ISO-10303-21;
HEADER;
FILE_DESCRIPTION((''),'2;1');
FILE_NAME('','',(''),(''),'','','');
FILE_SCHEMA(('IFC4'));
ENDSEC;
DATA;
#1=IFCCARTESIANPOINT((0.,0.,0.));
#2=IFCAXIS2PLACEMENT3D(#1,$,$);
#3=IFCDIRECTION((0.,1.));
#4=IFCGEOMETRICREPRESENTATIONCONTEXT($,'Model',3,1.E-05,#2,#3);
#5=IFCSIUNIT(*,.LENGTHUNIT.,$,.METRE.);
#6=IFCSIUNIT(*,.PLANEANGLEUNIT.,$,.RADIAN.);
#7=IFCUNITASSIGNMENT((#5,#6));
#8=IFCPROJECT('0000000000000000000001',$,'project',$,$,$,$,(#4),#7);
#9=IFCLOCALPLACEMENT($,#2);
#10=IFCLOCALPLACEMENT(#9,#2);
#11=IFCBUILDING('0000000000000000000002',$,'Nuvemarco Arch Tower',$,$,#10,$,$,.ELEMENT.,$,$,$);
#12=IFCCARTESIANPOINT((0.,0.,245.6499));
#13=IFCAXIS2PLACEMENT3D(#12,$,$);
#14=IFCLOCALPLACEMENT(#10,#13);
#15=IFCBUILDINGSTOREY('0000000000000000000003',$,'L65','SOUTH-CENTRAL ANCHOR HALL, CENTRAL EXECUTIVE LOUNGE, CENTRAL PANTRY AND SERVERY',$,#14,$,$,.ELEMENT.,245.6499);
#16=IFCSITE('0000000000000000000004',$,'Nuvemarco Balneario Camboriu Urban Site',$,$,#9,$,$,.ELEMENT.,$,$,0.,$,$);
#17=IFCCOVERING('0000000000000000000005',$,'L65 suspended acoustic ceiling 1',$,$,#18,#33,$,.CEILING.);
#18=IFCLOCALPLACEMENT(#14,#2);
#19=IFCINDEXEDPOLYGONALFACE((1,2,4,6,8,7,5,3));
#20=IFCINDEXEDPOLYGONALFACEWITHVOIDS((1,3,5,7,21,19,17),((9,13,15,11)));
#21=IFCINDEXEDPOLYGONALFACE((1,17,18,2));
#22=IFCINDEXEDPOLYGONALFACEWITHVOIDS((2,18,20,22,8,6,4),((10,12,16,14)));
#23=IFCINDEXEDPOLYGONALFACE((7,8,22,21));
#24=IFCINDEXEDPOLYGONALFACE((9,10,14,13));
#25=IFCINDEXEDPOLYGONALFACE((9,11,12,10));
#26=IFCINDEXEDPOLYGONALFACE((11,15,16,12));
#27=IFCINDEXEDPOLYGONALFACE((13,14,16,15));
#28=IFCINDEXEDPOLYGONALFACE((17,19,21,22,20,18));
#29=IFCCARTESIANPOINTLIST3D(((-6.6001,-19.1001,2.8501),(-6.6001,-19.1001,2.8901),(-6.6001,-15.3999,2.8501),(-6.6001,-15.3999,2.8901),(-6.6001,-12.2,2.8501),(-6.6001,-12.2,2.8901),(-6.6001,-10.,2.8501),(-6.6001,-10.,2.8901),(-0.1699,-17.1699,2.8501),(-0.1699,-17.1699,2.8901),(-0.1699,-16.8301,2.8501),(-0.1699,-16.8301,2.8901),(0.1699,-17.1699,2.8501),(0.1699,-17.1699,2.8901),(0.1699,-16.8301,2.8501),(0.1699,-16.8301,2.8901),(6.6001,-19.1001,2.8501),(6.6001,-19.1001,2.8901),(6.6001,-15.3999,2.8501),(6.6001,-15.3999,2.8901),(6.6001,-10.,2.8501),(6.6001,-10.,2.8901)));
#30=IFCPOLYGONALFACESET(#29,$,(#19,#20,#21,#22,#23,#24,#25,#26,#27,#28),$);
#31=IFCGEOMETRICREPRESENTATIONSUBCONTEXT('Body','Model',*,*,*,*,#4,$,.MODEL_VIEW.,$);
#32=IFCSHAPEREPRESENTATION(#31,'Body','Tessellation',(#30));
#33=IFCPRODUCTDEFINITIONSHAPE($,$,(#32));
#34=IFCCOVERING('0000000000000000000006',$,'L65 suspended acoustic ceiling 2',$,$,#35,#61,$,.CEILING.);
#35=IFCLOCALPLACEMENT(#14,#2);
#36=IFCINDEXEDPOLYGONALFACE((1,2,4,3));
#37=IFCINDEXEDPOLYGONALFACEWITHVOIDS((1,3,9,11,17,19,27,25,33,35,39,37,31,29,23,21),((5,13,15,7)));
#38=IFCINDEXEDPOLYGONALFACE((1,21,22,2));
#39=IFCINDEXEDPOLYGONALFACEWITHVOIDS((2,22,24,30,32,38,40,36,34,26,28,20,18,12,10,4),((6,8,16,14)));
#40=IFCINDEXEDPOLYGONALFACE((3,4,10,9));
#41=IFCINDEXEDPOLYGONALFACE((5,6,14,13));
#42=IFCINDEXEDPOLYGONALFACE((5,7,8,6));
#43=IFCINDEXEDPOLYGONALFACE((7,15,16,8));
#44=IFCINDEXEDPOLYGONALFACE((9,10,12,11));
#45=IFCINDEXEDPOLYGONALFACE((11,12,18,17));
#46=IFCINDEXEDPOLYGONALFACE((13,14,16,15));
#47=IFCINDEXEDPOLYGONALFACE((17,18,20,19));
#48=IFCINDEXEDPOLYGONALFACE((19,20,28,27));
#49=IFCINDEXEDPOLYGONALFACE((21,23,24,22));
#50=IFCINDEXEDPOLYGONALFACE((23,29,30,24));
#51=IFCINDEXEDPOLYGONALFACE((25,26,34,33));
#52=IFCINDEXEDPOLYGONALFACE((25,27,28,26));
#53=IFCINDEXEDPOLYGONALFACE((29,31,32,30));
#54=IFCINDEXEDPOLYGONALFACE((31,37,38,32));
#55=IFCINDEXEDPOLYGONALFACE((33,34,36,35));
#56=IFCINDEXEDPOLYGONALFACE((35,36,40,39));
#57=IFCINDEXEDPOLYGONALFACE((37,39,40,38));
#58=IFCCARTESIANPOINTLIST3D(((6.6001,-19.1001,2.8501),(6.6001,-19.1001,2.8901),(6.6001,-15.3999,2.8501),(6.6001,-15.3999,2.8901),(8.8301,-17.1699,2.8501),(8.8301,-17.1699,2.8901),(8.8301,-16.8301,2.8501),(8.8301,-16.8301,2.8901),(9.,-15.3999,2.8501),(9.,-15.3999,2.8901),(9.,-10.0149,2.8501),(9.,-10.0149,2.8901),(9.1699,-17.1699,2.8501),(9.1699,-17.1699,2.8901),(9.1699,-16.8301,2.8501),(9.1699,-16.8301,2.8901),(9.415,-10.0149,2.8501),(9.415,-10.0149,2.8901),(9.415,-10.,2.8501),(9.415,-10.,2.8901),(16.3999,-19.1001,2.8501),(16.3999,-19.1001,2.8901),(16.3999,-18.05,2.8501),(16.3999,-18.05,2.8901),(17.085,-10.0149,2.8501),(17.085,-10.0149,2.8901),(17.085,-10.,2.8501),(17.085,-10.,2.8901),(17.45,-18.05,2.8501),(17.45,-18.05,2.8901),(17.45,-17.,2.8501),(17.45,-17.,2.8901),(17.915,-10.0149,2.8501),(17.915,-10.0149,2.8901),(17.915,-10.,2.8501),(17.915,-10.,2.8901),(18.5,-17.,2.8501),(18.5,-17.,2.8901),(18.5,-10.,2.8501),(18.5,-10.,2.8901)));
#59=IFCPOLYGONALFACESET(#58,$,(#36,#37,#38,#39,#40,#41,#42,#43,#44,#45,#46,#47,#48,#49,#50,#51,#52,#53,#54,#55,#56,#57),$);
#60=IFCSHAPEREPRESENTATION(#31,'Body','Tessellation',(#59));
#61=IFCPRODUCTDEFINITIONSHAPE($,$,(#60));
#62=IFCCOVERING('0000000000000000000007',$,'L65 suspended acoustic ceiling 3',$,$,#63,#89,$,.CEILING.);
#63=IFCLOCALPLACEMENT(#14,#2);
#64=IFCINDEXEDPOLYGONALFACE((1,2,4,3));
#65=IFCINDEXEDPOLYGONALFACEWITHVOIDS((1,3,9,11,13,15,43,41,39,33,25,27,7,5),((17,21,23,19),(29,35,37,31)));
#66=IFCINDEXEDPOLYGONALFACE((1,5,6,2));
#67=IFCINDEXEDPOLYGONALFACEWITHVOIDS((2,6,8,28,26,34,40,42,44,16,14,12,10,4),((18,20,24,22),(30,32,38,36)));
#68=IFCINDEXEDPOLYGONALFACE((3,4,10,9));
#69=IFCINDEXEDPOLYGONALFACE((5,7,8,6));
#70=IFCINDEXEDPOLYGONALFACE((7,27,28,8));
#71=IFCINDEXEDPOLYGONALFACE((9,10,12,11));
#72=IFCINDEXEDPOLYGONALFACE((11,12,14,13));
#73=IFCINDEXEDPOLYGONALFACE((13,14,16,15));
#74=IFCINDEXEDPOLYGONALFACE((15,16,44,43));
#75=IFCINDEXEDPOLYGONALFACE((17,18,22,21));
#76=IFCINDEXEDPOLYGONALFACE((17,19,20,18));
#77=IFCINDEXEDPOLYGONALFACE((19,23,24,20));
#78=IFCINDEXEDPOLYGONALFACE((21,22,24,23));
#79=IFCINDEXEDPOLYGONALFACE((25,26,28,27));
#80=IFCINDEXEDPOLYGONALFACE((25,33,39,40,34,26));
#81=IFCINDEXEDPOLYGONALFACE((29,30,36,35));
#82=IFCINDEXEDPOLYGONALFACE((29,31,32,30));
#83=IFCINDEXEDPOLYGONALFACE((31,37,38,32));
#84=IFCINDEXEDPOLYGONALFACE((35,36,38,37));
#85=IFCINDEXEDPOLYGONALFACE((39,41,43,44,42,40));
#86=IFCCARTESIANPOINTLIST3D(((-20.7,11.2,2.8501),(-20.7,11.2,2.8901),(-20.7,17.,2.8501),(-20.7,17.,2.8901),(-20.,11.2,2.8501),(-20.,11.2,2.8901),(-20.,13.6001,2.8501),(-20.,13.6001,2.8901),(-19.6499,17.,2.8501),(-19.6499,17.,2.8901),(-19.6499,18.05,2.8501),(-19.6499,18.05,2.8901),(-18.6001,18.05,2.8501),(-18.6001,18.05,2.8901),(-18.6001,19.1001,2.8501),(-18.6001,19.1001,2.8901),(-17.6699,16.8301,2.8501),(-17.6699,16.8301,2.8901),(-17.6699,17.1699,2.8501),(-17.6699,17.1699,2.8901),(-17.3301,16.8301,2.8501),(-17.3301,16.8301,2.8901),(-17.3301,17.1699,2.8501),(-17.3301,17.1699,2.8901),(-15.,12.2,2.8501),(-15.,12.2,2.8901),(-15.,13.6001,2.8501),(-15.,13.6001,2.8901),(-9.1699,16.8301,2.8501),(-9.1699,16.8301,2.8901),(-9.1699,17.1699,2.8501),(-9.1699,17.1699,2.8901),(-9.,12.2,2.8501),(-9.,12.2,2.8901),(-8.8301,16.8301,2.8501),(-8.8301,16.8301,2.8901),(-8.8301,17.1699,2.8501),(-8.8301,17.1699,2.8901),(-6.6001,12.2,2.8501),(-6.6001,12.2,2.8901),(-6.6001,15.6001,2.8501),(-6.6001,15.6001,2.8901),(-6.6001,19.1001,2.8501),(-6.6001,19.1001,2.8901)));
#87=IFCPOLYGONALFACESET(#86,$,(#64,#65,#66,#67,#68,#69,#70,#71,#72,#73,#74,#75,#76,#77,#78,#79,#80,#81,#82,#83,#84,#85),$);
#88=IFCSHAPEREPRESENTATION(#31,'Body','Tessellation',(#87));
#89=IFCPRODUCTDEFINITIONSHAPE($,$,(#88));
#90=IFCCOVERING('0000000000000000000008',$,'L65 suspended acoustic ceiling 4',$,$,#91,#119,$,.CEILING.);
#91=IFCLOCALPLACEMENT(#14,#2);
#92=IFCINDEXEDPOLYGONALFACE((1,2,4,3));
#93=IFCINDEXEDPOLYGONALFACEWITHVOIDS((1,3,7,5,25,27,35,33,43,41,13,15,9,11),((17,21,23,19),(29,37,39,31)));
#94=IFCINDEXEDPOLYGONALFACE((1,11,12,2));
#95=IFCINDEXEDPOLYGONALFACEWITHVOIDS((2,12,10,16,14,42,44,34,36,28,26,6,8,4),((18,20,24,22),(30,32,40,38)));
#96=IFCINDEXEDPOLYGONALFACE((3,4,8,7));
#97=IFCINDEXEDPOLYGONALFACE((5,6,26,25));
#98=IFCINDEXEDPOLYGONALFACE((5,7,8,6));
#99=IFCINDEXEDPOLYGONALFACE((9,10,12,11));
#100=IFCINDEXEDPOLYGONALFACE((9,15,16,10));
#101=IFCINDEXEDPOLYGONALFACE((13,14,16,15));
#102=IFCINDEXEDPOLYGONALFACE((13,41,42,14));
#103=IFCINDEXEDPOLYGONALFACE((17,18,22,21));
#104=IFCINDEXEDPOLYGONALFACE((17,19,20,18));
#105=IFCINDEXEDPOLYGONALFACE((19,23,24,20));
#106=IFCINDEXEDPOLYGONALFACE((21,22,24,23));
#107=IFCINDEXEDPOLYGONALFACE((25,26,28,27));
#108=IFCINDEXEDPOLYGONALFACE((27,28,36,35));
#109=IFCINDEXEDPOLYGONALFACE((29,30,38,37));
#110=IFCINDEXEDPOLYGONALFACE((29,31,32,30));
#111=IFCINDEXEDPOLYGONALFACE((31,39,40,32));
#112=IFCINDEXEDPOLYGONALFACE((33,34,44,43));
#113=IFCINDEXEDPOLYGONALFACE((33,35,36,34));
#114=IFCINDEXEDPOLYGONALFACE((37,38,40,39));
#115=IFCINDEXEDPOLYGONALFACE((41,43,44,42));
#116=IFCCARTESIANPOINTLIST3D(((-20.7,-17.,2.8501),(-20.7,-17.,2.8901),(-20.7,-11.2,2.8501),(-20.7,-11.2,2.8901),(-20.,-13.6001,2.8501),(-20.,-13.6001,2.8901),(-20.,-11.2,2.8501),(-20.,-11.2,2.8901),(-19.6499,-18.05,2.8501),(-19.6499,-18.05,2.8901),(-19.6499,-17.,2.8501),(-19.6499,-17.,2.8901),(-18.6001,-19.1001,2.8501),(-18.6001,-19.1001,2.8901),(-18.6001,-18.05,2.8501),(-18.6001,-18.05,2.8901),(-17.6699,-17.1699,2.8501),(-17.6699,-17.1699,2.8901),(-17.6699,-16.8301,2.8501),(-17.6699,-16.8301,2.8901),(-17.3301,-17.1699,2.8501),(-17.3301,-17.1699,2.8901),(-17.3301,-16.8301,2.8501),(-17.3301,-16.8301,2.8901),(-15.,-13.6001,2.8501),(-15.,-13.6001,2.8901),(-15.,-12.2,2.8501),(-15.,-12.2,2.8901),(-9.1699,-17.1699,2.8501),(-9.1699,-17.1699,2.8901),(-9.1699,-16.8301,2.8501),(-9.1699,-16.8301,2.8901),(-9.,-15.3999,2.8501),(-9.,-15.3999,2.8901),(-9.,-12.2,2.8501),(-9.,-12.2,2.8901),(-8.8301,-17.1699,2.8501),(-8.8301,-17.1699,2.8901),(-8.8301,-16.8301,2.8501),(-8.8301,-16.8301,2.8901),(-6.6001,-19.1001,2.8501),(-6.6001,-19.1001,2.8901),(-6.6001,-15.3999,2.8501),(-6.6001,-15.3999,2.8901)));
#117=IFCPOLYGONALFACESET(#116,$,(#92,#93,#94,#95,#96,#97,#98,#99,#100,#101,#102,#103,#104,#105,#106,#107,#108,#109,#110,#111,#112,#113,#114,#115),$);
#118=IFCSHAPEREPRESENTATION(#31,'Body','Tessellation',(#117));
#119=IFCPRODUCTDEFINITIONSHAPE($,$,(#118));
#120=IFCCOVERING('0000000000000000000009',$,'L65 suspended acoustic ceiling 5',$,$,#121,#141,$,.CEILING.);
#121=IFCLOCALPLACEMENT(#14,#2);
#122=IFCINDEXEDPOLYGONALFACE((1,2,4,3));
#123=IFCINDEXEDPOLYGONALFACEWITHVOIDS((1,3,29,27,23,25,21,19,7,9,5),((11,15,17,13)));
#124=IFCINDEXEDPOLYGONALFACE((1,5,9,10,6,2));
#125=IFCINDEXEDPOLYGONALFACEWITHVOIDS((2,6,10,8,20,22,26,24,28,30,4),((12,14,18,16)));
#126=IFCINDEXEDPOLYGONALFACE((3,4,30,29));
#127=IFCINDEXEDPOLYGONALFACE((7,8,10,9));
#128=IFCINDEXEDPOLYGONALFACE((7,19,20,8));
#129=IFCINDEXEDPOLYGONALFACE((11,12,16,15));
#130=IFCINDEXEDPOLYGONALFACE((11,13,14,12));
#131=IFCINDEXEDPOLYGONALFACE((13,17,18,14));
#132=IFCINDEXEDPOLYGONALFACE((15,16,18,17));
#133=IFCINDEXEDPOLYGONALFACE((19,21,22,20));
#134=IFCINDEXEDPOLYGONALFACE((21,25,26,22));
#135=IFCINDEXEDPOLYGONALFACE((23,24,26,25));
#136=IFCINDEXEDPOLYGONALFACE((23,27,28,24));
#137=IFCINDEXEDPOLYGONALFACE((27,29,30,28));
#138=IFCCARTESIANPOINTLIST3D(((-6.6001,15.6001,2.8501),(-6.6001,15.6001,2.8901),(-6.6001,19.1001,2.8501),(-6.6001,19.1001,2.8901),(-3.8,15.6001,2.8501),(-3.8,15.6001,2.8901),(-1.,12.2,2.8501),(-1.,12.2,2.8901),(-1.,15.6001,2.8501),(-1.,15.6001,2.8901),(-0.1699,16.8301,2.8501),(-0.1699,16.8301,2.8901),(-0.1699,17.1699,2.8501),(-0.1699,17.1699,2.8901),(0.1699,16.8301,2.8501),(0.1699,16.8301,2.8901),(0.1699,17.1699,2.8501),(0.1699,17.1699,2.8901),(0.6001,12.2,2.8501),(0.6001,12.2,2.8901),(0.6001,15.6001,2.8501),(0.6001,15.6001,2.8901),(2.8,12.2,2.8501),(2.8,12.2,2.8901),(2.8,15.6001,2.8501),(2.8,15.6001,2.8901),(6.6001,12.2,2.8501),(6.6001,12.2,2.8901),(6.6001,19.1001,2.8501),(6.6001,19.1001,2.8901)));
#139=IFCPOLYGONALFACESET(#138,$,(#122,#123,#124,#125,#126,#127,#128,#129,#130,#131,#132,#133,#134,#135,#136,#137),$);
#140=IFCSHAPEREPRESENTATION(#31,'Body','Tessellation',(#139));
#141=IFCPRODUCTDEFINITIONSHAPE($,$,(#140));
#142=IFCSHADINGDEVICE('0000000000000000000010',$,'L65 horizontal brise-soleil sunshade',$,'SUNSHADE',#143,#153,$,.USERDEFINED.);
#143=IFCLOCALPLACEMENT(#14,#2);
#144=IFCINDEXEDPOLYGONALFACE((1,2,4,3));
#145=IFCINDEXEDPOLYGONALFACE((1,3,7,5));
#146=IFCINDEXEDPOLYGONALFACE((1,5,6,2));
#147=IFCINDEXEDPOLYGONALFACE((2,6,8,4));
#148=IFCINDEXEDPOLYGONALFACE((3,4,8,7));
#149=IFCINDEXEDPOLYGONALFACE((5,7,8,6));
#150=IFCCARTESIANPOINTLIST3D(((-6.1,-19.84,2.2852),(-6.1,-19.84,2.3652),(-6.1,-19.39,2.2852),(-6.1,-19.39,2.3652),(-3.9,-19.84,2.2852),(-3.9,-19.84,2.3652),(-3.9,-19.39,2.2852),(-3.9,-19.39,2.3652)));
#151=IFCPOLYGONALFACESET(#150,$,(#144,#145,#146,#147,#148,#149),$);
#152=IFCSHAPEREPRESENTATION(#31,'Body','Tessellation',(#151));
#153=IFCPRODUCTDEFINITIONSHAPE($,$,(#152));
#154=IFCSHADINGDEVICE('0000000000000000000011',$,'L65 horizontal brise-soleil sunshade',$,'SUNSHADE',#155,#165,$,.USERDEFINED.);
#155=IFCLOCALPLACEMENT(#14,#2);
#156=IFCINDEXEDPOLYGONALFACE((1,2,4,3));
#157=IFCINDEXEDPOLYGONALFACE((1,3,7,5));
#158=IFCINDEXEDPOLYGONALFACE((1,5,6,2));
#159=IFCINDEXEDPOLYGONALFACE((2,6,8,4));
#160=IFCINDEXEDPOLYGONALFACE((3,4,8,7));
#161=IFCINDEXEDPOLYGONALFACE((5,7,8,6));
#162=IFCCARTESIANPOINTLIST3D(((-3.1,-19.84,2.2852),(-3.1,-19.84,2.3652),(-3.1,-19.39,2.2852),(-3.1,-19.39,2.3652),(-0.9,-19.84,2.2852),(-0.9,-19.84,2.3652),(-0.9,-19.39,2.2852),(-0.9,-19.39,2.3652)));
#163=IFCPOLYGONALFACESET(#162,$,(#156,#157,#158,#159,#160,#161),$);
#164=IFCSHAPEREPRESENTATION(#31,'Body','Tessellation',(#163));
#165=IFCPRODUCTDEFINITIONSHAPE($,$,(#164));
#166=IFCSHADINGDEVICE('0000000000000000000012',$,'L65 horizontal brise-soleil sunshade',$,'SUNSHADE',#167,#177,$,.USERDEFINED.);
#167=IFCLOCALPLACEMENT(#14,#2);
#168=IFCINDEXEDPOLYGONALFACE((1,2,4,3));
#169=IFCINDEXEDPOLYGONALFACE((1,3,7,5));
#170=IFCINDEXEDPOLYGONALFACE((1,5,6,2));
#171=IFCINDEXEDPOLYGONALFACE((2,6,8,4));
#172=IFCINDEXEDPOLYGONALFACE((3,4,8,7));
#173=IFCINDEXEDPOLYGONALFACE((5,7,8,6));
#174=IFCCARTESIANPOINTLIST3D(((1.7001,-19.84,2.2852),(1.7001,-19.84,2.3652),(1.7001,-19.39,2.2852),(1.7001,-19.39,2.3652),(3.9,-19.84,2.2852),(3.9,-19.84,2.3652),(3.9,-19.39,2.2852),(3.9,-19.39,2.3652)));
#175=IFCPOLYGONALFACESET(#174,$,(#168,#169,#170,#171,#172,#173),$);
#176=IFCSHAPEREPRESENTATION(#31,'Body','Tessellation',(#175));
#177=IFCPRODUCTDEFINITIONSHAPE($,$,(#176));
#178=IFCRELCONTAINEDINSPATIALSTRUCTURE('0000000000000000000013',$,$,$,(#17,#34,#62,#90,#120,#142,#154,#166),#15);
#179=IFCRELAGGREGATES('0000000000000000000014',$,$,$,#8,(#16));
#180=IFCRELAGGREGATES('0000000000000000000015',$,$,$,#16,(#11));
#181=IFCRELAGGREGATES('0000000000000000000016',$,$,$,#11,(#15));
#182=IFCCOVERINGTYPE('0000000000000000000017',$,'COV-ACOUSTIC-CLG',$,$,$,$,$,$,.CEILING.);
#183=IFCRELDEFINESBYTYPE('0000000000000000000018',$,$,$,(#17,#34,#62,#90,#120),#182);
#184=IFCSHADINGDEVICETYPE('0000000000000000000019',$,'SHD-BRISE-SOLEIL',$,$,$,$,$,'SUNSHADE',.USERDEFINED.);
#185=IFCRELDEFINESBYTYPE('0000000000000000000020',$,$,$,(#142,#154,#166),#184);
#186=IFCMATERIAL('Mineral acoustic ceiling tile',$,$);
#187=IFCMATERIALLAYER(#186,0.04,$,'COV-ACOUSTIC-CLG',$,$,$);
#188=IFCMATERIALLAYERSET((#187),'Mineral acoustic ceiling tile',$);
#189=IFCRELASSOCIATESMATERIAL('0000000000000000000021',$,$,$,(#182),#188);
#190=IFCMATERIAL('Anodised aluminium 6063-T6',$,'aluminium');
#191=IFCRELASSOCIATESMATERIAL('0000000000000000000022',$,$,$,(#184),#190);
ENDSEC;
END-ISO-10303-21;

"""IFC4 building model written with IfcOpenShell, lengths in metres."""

from ifc_helpers import new_model, si_unit, direction, frame, origin, origin_2d, place, context, subcontext, project, spatial, polyline, rectangle, outline, extrude, source, transform, mapped, material, layer, layer_set, type_object, type_shapes, element, save


model = new_model("IFC4")

# Units and contexts
model_context = context("Model", 3, precision=1e-05, world=origin(), true_north=direction((0.0, 1.0)))
body_context = subcontext(model_context, "Body", "Model", "MODEL_VIEW")
ifc_project = project(units=[si_unit("LENGTHUNIT", "METRE"), si_unit("PLANEANGLEUNIT", "RADIAN")], contexts=[model_context])

# Site, building, storey
site_placement = place(None, origin())
site = spatial("IfcSite", under=ifc_project, at=site_placement, Name="Nuvemarco Balneario Camboriu Urban Site", CompositionType="ELEMENT", RefElevation=0.0)
building_placement = place(site_placement, origin())
building = spatial("IfcBuilding", under=site, at=building_placement, Name="Nuvemarco Arch Tower", CompositionType="ELEMENT")
storey_placement = place(building_placement, frame((0.0, 0.0, 245.6499)))
storey = spatial("IfcBuildingStorey", under=building, at=storey_placement, Name="L65", Description="SOUTH-CENTRAL ANCHOR HALL, CENTRAL EXECUTIVE LOUNGE, CENTRAL PANTRY AND SERVERY", CompositionType="ELEMENT", Elevation=245.6499)

# Coverings
ifc_material_1 = material(Name="Mineral acoustic ceiling tile")
ifc_layer_1 = layer(ifc_material_1, 0.04, Name="COV-ACOUSTIC-CLG")
ifc_layer_set_1 = layer_set([ifc_layer_1], Name="Mineral acoustic ceiling tile")
covering_type = type_object("IfcCoveringType", Name="COV-ACOUSTIC-CLG", PredefinedType="CEILING", material=ifc_layer_set_1)
covering_1_placement = place(storey_placement, frame((0.0, 0.0, 2.8501)))
element("IfcCovering", 1, at=covering_1_placement, inside=storey, type_object=covering_type, Name="L65 suspended acoustic ceiling 1", PredefinedType="CEILING", context=body_context, shape_type="SweptSolid", body=[
    extrude(outline(polyline([(6.6001, -15.3999), (6.6001, -19.1001), (-6.6001, -19.1001), (-6.6001, -15.3999), (-6.6001, -12.2), (-6.6001, -10.0), (6.6001, -10.0), (6.6001, -15.3999)]), holes=[polyline([(0.1699, -17.1699), (0.1699, -16.8301), (-0.1699, -16.8301), (-0.1699, -17.1699), (0.1699, -17.1699)])]), origin(), (0.0, 0.0, 1.0), 0.04),
])
covering_2_placement = place(storey_placement, frame((0.0, 0.0, 2.8501)))
element("IfcCovering", 2, at=covering_2_placement, inside=storey, type_object=covering_type, Name="L65 suspended acoustic ceiling 2", PredefinedType="CEILING", context=body_context, shape_type="SweptSolid", body=[
    extrude(outline(polyline([(16.3999, -19.1001), (6.6001, -19.1001), (6.6001, -15.3999), (9.0, -15.3999), (9.0, -10.0149), (9.415, -10.0149), (9.415, -10.0), (17.085, -10.0), (17.085, -10.0149), (17.915, -10.0149), (17.915, -10.0), (18.5, -10.0), (18.5, -17.0), (17.45, -17.0), (17.45, -18.05), (16.3999, -18.05), (16.3999, -19.1001)]), holes=[polyline([(9.1699, -17.1699), (9.1699, -16.8301), (8.8301, -16.8301), (8.8301, -17.1699), (9.1699, -17.1699)])]), origin(), (0.0, 0.0, 1.0), 0.04),
])
covering_3_placement = place(storey_placement, frame((0.0, 0.0, 2.8501)))
element("IfcCovering", 3, at=covering_3_placement, inside=storey, type_object=covering_type, Name="L65 suspended acoustic ceiling 3", PredefinedType="CEILING", context=body_context, shape_type="SweptSolid", body=[
    extrude(outline(polyline([(-20.0, 11.2), (-20.7, 11.2), (-20.7, 17.0), (-19.6499, 17.0), (-19.6499, 18.05), (-18.6001, 18.05), (-18.6001, 19.1001), (-6.6001, 19.1001), (-6.6001, 15.6001), (-6.6001, 12.2), (-9.0, 12.2), (-15.0, 12.2), (-15.0, 13.6001), (-20.0, 13.6001), (-20.0, 11.2)]), holes=[polyline([(-17.3301, 17.1699), (-17.6699, 17.1699), (-17.6699, 16.8301), (-17.3301, 16.8301), (-17.3301, 17.1699)]), polyline([(-8.8301, 17.1699), (-9.1699, 17.1699), (-9.1699, 16.8301), (-8.8301, 16.8301), (-8.8301, 17.1699)])]), origin(), (0.0, 0.0, 1.0), 0.04),
])
covering_4_placement = place(storey_placement, frame((0.0, 0.0, 2.8501)))
element("IfcCovering", 4, at=covering_4_placement, inside=storey, type_object=covering_type, Name="L65 suspended acoustic ceiling 4", PredefinedType="CEILING", context=body_context, shape_type="SweptSolid", body=[
    extrude(outline(polyline([(-20.7, -17.0), (-20.7, -11.2), (-20.0, -11.2), (-20.0, -13.6001), (-15.0, -13.6001), (-15.0, -12.2), (-9.0, -12.2), (-9.0, -15.3999), (-6.6001, -15.3999), (-6.6001, -19.1001), (-18.6001, -19.1001), (-18.6001, -18.05), (-19.6499, -18.05), (-19.6499, -17.0), (-20.7, -17.0)]), holes=[polyline([(-17.3301, -16.8301), (-17.6699, -16.8301), (-17.6699, -17.1699), (-17.3301, -17.1699), (-17.3301, -16.8301)]), polyline([(-8.8301, -16.8301), (-9.1699, -16.8301), (-9.1699, -17.1699), (-8.8301, -17.1699), (-8.8301, -16.8301)])]), origin(), (0.0, 0.0, 1.0), 0.04),
])
covering_5_placement = place(storey_placement, frame((0.0, 0.0, 2.8501)))
element("IfcCovering", 5, at=covering_5_placement, inside=storey, type_object=covering_type, Name="L65 suspended acoustic ceiling 5", PredefinedType="CEILING", context=body_context, shape_type="SweptSolid", body=[
    extrude(outline(polyline([(-1.0, 12.2), (-1.0, 15.6001), (-3.8, 15.6001), (-6.6001, 15.6001), (-6.6001, 19.1001), (6.6001, 19.1001), (6.6001, 12.2), (2.8, 12.2), (2.8, 15.6001), (0.6001, 15.6001), (0.6001, 12.2), (-1.0, 12.2)]), holes=[polyline([(0.1699, 16.8301), (0.1699, 17.1699), (-0.1699, 17.1699), (-0.1699, 16.8301), (0.1699, 16.8301)])]), origin(), (0.0, 0.0, 1.0), 0.04),
])

# Shading devices
ifc_material_2 = material(Name="Anodised aluminium 6063-T6", Category="aluminium")
shading_device_type = type_object("IfcShadingDeviceType", Name="SHD-BRISE-SOLEIL", ElementType="SUNSHADE", PredefinedType="USERDEFINED", material=ifc_material_2)
shared_shape_1 = source(origin(), body_context, "Body", "SweptSolid", [
    extrude(rectangle(XDim=2.2, YDim=0.45, at=origin_2d()), origin(), (0.0, 0.0, 1.0), 0.0801),
])
type_shapes(shading_device_type, [shared_shape_1])
for number, where, z_axis, x_axis, name in (
    (6, (-5.0, -19.615, 2.2852), (0.0, 0.0, 1.0), (1.0, 0.0, 0.0), "L65 horizontal brise-soleil sunshade"),
    (7, (-2.0, -19.615, 2.2852), (0.0, 0.0, 1.0), (1.0, 0.0, 0.0), "L65 horizontal brise-soleil sunshade"),
    (8, (2.8, -19.615, 2.2852), (0.0, 0.0, 1.0), (1.0, 0.0, 0.0), "L65 horizontal brise-soleil sunshade"),
):
    element("IfcShadingDevice", number, at=place(storey_placement, frame(where, z_axis=z_axis, x_axis=x_axis)), inside=storey, type_object=shading_device_type, Name=name, ObjectType="SUNSHADE", PredefinedType="USERDEFINED", context=body_context, shape_type="MappedRepresentation", body=[
        mapped(shared_shape_1, transform((0.0, 0.0, 0.0), scale=1.0)),
    ])

save(model, "model.ifc")
